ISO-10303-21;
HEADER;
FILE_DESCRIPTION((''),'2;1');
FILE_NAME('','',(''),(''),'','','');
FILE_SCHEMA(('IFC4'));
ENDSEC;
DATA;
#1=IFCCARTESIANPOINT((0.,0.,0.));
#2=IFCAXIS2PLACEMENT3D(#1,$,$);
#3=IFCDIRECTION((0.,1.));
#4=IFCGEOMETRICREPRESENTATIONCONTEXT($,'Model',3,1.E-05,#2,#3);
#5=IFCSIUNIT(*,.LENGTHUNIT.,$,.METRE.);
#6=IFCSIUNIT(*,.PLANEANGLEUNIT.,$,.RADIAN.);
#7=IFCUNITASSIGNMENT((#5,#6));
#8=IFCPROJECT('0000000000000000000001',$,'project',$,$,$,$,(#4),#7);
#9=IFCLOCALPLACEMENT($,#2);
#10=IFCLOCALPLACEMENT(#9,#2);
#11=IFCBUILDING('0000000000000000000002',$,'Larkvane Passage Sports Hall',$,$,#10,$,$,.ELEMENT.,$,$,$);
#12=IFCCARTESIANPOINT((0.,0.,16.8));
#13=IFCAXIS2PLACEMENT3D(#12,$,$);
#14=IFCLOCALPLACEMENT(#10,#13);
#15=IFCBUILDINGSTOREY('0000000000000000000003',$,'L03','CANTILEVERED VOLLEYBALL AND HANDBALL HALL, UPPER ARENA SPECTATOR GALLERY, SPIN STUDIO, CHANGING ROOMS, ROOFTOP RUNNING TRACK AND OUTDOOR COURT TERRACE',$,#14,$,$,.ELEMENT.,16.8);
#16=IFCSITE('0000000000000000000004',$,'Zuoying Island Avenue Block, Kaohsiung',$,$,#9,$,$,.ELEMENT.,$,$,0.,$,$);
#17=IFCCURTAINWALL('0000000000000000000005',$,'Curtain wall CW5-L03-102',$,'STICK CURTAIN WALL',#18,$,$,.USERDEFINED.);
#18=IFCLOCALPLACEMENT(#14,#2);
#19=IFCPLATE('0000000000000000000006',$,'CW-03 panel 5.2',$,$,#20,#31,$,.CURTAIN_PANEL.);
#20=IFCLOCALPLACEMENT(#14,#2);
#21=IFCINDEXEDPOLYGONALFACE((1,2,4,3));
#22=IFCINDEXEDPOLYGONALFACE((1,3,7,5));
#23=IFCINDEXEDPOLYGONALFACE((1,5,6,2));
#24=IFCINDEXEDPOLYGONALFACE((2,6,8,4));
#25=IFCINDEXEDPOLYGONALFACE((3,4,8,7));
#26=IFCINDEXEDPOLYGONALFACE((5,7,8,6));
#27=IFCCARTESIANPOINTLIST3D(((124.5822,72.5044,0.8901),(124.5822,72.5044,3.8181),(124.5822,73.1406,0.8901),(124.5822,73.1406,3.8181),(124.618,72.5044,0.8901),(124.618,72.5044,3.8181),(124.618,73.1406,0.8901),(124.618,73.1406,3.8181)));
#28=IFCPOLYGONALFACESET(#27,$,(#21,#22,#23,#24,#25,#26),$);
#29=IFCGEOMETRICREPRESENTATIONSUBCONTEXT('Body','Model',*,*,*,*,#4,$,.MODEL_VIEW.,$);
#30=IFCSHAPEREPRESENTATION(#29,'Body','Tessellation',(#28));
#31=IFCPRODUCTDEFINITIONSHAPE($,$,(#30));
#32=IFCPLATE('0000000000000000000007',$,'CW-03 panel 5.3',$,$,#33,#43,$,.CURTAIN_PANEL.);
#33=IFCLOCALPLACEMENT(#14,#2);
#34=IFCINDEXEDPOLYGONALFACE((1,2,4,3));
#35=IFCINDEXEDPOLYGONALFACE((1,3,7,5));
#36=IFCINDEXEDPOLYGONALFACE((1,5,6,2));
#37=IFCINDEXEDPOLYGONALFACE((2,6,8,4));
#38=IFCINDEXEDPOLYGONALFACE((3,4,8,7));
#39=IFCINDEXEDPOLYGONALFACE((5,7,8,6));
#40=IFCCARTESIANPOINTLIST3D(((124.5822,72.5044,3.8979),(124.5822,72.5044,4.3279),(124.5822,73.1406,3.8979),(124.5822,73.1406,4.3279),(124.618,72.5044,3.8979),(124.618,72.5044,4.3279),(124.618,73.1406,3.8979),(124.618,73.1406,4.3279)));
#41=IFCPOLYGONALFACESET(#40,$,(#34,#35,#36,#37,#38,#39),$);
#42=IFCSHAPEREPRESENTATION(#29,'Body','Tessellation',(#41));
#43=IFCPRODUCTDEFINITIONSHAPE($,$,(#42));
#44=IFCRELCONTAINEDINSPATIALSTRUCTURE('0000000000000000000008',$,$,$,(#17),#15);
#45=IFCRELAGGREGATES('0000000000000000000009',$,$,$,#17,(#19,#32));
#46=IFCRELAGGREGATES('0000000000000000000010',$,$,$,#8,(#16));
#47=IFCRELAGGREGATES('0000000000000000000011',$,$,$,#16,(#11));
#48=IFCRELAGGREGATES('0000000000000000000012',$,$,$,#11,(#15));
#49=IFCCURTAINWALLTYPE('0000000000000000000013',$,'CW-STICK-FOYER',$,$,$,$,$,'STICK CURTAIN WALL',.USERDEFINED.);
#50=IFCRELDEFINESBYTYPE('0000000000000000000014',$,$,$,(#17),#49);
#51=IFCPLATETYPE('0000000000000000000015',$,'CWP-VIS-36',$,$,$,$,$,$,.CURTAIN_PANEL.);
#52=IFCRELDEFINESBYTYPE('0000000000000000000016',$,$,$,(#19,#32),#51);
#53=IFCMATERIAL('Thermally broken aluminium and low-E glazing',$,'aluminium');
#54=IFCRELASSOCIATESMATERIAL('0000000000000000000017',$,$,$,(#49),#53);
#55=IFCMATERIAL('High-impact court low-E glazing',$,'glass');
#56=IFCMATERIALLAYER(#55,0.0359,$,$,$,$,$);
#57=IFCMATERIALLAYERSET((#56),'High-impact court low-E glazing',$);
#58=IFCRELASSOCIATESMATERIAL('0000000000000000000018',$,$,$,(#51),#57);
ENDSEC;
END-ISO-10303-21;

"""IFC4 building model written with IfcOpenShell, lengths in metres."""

from ifc_helpers import new_model, si_unit, direction, frame, origin, origin_2d, place, context, subcontext, project, spatial, rectangle, extrude, material, layer, layer_set, type_object, element, aggregate, save


model = new_model("IFC4")

# Units and contexts
model_context = context("Model", 3, precision=1e-05, world=origin(), true_north=direction((0.0, 1.0)))
body_context = subcontext(model_context, "Body", "Model", "MODEL_VIEW")
ifc_project = project(units=[si_unit("LENGTHUNIT", "METRE"), si_unit("PLANEANGLEUNIT", "RADIAN")], contexts=[model_context])

# Site, building, storey
site_placement = place(None, origin())
site = spatial("IfcSite", under=ifc_project, at=site_placement, Name="Zuoying Island Avenue Block, Kaohsiung", CompositionType="ELEMENT", RefElevation=0.0)
building_placement = place(site_placement, origin())
building = spatial("IfcBuilding", under=site, at=building_placement, Name="Larkvane Passage Sports Hall", CompositionType="ELEMENT")
storey_placement = place(building_placement, frame((0.0, 0.0, 16.8)))
storey = spatial("IfcBuildingStorey", under=building, at=storey_placement, Name="L03", Description="CANTILEVERED VOLLEYBALL AND HANDBALL HALL, UPPER ARENA SPECTATOR GALLERY, SPIN STUDIO, CHANGING ROOMS, ROOFTOP RUNNING TRACK AND OUTDOOR COURT TERRACE", CompositionType="ELEMENT", Elevation=16.8)

# Curtain wall, plates
ifc_material_1 = material(Name="Thermally broken aluminium and low-E glazing", Category="aluminium")
curtain_wall_type = type_object("IfcCurtainWallType", Name="CW-STICK-FOYER", ElementType="STICK CURTAIN WALL", PredefinedType="USERDEFINED", material=ifc_material_1)
curtain_wall_placement = place(storey_placement, origin())
curtain_wall = element("IfcCurtainWall", 1, at=curtain_wall_placement, inside=storey, type_object=curtain_wall_type, Name="Curtain wall CW5-L03-102", ObjectType="STICK CURTAIN WALL", PredefinedType="USERDEFINED")
ifc_material_2 = material(Name="High-impact court low-E glazing", Category="glass")
ifc_layer_1 = layer(ifc_material_2, 0.0359)
ifc_layer_set_1 = layer_set([ifc_layer_1], Name="High-impact court low-E glazing")
plate_type_1 = type_object("IfcPlateType", Name="CWP-VIS-36", PredefinedType="CURTAIN_PANEL", material=ifc_layer_set_1)
plate_1_placement = place(storey_placement, frame((124.6001, 72.8225, 0.8901), z_axis=(0.0, 0.0, 1.0), x_axis=(0.0, 1.0, 0.0)))
plate_1 = element("IfcPlate", 2, at=plate_1_placement, type_object=plate_type_1, Name="CW-03 panel 5.2", PredefinedType="CURTAIN_PANEL", context=body_context, shape_type="SweptSolid", body=[
    extrude(rectangle(XDim=0.6362, YDim=0.0359, at=origin_2d()), origin(), (0.0, 0.0, 1.0), 2.928),
])
plate_2_placement = place(storey_placement, frame((124.6001, 72.8225, 3.8979), z_axis=(0.0, 0.0, 1.0), x_axis=(0.0, 1.0, 0.0)))
plate_2 = element("IfcPlate", 3, at=plate_2_placement, type_object=plate_type_1, Name="CW-03 panel 5.3", PredefinedType="CURTAIN_PANEL", context=body_context, shape_type="SweptSolid", body=[
    extrude(rectangle(XDim=0.6362, YDim=0.0359, at=origin_2d()), origin(), (0.0, 0.0, 1.0), 0.4299),
])
aggregate(curtain_wall, [plate_1, plate_2])

save(model, "model.ifc")
